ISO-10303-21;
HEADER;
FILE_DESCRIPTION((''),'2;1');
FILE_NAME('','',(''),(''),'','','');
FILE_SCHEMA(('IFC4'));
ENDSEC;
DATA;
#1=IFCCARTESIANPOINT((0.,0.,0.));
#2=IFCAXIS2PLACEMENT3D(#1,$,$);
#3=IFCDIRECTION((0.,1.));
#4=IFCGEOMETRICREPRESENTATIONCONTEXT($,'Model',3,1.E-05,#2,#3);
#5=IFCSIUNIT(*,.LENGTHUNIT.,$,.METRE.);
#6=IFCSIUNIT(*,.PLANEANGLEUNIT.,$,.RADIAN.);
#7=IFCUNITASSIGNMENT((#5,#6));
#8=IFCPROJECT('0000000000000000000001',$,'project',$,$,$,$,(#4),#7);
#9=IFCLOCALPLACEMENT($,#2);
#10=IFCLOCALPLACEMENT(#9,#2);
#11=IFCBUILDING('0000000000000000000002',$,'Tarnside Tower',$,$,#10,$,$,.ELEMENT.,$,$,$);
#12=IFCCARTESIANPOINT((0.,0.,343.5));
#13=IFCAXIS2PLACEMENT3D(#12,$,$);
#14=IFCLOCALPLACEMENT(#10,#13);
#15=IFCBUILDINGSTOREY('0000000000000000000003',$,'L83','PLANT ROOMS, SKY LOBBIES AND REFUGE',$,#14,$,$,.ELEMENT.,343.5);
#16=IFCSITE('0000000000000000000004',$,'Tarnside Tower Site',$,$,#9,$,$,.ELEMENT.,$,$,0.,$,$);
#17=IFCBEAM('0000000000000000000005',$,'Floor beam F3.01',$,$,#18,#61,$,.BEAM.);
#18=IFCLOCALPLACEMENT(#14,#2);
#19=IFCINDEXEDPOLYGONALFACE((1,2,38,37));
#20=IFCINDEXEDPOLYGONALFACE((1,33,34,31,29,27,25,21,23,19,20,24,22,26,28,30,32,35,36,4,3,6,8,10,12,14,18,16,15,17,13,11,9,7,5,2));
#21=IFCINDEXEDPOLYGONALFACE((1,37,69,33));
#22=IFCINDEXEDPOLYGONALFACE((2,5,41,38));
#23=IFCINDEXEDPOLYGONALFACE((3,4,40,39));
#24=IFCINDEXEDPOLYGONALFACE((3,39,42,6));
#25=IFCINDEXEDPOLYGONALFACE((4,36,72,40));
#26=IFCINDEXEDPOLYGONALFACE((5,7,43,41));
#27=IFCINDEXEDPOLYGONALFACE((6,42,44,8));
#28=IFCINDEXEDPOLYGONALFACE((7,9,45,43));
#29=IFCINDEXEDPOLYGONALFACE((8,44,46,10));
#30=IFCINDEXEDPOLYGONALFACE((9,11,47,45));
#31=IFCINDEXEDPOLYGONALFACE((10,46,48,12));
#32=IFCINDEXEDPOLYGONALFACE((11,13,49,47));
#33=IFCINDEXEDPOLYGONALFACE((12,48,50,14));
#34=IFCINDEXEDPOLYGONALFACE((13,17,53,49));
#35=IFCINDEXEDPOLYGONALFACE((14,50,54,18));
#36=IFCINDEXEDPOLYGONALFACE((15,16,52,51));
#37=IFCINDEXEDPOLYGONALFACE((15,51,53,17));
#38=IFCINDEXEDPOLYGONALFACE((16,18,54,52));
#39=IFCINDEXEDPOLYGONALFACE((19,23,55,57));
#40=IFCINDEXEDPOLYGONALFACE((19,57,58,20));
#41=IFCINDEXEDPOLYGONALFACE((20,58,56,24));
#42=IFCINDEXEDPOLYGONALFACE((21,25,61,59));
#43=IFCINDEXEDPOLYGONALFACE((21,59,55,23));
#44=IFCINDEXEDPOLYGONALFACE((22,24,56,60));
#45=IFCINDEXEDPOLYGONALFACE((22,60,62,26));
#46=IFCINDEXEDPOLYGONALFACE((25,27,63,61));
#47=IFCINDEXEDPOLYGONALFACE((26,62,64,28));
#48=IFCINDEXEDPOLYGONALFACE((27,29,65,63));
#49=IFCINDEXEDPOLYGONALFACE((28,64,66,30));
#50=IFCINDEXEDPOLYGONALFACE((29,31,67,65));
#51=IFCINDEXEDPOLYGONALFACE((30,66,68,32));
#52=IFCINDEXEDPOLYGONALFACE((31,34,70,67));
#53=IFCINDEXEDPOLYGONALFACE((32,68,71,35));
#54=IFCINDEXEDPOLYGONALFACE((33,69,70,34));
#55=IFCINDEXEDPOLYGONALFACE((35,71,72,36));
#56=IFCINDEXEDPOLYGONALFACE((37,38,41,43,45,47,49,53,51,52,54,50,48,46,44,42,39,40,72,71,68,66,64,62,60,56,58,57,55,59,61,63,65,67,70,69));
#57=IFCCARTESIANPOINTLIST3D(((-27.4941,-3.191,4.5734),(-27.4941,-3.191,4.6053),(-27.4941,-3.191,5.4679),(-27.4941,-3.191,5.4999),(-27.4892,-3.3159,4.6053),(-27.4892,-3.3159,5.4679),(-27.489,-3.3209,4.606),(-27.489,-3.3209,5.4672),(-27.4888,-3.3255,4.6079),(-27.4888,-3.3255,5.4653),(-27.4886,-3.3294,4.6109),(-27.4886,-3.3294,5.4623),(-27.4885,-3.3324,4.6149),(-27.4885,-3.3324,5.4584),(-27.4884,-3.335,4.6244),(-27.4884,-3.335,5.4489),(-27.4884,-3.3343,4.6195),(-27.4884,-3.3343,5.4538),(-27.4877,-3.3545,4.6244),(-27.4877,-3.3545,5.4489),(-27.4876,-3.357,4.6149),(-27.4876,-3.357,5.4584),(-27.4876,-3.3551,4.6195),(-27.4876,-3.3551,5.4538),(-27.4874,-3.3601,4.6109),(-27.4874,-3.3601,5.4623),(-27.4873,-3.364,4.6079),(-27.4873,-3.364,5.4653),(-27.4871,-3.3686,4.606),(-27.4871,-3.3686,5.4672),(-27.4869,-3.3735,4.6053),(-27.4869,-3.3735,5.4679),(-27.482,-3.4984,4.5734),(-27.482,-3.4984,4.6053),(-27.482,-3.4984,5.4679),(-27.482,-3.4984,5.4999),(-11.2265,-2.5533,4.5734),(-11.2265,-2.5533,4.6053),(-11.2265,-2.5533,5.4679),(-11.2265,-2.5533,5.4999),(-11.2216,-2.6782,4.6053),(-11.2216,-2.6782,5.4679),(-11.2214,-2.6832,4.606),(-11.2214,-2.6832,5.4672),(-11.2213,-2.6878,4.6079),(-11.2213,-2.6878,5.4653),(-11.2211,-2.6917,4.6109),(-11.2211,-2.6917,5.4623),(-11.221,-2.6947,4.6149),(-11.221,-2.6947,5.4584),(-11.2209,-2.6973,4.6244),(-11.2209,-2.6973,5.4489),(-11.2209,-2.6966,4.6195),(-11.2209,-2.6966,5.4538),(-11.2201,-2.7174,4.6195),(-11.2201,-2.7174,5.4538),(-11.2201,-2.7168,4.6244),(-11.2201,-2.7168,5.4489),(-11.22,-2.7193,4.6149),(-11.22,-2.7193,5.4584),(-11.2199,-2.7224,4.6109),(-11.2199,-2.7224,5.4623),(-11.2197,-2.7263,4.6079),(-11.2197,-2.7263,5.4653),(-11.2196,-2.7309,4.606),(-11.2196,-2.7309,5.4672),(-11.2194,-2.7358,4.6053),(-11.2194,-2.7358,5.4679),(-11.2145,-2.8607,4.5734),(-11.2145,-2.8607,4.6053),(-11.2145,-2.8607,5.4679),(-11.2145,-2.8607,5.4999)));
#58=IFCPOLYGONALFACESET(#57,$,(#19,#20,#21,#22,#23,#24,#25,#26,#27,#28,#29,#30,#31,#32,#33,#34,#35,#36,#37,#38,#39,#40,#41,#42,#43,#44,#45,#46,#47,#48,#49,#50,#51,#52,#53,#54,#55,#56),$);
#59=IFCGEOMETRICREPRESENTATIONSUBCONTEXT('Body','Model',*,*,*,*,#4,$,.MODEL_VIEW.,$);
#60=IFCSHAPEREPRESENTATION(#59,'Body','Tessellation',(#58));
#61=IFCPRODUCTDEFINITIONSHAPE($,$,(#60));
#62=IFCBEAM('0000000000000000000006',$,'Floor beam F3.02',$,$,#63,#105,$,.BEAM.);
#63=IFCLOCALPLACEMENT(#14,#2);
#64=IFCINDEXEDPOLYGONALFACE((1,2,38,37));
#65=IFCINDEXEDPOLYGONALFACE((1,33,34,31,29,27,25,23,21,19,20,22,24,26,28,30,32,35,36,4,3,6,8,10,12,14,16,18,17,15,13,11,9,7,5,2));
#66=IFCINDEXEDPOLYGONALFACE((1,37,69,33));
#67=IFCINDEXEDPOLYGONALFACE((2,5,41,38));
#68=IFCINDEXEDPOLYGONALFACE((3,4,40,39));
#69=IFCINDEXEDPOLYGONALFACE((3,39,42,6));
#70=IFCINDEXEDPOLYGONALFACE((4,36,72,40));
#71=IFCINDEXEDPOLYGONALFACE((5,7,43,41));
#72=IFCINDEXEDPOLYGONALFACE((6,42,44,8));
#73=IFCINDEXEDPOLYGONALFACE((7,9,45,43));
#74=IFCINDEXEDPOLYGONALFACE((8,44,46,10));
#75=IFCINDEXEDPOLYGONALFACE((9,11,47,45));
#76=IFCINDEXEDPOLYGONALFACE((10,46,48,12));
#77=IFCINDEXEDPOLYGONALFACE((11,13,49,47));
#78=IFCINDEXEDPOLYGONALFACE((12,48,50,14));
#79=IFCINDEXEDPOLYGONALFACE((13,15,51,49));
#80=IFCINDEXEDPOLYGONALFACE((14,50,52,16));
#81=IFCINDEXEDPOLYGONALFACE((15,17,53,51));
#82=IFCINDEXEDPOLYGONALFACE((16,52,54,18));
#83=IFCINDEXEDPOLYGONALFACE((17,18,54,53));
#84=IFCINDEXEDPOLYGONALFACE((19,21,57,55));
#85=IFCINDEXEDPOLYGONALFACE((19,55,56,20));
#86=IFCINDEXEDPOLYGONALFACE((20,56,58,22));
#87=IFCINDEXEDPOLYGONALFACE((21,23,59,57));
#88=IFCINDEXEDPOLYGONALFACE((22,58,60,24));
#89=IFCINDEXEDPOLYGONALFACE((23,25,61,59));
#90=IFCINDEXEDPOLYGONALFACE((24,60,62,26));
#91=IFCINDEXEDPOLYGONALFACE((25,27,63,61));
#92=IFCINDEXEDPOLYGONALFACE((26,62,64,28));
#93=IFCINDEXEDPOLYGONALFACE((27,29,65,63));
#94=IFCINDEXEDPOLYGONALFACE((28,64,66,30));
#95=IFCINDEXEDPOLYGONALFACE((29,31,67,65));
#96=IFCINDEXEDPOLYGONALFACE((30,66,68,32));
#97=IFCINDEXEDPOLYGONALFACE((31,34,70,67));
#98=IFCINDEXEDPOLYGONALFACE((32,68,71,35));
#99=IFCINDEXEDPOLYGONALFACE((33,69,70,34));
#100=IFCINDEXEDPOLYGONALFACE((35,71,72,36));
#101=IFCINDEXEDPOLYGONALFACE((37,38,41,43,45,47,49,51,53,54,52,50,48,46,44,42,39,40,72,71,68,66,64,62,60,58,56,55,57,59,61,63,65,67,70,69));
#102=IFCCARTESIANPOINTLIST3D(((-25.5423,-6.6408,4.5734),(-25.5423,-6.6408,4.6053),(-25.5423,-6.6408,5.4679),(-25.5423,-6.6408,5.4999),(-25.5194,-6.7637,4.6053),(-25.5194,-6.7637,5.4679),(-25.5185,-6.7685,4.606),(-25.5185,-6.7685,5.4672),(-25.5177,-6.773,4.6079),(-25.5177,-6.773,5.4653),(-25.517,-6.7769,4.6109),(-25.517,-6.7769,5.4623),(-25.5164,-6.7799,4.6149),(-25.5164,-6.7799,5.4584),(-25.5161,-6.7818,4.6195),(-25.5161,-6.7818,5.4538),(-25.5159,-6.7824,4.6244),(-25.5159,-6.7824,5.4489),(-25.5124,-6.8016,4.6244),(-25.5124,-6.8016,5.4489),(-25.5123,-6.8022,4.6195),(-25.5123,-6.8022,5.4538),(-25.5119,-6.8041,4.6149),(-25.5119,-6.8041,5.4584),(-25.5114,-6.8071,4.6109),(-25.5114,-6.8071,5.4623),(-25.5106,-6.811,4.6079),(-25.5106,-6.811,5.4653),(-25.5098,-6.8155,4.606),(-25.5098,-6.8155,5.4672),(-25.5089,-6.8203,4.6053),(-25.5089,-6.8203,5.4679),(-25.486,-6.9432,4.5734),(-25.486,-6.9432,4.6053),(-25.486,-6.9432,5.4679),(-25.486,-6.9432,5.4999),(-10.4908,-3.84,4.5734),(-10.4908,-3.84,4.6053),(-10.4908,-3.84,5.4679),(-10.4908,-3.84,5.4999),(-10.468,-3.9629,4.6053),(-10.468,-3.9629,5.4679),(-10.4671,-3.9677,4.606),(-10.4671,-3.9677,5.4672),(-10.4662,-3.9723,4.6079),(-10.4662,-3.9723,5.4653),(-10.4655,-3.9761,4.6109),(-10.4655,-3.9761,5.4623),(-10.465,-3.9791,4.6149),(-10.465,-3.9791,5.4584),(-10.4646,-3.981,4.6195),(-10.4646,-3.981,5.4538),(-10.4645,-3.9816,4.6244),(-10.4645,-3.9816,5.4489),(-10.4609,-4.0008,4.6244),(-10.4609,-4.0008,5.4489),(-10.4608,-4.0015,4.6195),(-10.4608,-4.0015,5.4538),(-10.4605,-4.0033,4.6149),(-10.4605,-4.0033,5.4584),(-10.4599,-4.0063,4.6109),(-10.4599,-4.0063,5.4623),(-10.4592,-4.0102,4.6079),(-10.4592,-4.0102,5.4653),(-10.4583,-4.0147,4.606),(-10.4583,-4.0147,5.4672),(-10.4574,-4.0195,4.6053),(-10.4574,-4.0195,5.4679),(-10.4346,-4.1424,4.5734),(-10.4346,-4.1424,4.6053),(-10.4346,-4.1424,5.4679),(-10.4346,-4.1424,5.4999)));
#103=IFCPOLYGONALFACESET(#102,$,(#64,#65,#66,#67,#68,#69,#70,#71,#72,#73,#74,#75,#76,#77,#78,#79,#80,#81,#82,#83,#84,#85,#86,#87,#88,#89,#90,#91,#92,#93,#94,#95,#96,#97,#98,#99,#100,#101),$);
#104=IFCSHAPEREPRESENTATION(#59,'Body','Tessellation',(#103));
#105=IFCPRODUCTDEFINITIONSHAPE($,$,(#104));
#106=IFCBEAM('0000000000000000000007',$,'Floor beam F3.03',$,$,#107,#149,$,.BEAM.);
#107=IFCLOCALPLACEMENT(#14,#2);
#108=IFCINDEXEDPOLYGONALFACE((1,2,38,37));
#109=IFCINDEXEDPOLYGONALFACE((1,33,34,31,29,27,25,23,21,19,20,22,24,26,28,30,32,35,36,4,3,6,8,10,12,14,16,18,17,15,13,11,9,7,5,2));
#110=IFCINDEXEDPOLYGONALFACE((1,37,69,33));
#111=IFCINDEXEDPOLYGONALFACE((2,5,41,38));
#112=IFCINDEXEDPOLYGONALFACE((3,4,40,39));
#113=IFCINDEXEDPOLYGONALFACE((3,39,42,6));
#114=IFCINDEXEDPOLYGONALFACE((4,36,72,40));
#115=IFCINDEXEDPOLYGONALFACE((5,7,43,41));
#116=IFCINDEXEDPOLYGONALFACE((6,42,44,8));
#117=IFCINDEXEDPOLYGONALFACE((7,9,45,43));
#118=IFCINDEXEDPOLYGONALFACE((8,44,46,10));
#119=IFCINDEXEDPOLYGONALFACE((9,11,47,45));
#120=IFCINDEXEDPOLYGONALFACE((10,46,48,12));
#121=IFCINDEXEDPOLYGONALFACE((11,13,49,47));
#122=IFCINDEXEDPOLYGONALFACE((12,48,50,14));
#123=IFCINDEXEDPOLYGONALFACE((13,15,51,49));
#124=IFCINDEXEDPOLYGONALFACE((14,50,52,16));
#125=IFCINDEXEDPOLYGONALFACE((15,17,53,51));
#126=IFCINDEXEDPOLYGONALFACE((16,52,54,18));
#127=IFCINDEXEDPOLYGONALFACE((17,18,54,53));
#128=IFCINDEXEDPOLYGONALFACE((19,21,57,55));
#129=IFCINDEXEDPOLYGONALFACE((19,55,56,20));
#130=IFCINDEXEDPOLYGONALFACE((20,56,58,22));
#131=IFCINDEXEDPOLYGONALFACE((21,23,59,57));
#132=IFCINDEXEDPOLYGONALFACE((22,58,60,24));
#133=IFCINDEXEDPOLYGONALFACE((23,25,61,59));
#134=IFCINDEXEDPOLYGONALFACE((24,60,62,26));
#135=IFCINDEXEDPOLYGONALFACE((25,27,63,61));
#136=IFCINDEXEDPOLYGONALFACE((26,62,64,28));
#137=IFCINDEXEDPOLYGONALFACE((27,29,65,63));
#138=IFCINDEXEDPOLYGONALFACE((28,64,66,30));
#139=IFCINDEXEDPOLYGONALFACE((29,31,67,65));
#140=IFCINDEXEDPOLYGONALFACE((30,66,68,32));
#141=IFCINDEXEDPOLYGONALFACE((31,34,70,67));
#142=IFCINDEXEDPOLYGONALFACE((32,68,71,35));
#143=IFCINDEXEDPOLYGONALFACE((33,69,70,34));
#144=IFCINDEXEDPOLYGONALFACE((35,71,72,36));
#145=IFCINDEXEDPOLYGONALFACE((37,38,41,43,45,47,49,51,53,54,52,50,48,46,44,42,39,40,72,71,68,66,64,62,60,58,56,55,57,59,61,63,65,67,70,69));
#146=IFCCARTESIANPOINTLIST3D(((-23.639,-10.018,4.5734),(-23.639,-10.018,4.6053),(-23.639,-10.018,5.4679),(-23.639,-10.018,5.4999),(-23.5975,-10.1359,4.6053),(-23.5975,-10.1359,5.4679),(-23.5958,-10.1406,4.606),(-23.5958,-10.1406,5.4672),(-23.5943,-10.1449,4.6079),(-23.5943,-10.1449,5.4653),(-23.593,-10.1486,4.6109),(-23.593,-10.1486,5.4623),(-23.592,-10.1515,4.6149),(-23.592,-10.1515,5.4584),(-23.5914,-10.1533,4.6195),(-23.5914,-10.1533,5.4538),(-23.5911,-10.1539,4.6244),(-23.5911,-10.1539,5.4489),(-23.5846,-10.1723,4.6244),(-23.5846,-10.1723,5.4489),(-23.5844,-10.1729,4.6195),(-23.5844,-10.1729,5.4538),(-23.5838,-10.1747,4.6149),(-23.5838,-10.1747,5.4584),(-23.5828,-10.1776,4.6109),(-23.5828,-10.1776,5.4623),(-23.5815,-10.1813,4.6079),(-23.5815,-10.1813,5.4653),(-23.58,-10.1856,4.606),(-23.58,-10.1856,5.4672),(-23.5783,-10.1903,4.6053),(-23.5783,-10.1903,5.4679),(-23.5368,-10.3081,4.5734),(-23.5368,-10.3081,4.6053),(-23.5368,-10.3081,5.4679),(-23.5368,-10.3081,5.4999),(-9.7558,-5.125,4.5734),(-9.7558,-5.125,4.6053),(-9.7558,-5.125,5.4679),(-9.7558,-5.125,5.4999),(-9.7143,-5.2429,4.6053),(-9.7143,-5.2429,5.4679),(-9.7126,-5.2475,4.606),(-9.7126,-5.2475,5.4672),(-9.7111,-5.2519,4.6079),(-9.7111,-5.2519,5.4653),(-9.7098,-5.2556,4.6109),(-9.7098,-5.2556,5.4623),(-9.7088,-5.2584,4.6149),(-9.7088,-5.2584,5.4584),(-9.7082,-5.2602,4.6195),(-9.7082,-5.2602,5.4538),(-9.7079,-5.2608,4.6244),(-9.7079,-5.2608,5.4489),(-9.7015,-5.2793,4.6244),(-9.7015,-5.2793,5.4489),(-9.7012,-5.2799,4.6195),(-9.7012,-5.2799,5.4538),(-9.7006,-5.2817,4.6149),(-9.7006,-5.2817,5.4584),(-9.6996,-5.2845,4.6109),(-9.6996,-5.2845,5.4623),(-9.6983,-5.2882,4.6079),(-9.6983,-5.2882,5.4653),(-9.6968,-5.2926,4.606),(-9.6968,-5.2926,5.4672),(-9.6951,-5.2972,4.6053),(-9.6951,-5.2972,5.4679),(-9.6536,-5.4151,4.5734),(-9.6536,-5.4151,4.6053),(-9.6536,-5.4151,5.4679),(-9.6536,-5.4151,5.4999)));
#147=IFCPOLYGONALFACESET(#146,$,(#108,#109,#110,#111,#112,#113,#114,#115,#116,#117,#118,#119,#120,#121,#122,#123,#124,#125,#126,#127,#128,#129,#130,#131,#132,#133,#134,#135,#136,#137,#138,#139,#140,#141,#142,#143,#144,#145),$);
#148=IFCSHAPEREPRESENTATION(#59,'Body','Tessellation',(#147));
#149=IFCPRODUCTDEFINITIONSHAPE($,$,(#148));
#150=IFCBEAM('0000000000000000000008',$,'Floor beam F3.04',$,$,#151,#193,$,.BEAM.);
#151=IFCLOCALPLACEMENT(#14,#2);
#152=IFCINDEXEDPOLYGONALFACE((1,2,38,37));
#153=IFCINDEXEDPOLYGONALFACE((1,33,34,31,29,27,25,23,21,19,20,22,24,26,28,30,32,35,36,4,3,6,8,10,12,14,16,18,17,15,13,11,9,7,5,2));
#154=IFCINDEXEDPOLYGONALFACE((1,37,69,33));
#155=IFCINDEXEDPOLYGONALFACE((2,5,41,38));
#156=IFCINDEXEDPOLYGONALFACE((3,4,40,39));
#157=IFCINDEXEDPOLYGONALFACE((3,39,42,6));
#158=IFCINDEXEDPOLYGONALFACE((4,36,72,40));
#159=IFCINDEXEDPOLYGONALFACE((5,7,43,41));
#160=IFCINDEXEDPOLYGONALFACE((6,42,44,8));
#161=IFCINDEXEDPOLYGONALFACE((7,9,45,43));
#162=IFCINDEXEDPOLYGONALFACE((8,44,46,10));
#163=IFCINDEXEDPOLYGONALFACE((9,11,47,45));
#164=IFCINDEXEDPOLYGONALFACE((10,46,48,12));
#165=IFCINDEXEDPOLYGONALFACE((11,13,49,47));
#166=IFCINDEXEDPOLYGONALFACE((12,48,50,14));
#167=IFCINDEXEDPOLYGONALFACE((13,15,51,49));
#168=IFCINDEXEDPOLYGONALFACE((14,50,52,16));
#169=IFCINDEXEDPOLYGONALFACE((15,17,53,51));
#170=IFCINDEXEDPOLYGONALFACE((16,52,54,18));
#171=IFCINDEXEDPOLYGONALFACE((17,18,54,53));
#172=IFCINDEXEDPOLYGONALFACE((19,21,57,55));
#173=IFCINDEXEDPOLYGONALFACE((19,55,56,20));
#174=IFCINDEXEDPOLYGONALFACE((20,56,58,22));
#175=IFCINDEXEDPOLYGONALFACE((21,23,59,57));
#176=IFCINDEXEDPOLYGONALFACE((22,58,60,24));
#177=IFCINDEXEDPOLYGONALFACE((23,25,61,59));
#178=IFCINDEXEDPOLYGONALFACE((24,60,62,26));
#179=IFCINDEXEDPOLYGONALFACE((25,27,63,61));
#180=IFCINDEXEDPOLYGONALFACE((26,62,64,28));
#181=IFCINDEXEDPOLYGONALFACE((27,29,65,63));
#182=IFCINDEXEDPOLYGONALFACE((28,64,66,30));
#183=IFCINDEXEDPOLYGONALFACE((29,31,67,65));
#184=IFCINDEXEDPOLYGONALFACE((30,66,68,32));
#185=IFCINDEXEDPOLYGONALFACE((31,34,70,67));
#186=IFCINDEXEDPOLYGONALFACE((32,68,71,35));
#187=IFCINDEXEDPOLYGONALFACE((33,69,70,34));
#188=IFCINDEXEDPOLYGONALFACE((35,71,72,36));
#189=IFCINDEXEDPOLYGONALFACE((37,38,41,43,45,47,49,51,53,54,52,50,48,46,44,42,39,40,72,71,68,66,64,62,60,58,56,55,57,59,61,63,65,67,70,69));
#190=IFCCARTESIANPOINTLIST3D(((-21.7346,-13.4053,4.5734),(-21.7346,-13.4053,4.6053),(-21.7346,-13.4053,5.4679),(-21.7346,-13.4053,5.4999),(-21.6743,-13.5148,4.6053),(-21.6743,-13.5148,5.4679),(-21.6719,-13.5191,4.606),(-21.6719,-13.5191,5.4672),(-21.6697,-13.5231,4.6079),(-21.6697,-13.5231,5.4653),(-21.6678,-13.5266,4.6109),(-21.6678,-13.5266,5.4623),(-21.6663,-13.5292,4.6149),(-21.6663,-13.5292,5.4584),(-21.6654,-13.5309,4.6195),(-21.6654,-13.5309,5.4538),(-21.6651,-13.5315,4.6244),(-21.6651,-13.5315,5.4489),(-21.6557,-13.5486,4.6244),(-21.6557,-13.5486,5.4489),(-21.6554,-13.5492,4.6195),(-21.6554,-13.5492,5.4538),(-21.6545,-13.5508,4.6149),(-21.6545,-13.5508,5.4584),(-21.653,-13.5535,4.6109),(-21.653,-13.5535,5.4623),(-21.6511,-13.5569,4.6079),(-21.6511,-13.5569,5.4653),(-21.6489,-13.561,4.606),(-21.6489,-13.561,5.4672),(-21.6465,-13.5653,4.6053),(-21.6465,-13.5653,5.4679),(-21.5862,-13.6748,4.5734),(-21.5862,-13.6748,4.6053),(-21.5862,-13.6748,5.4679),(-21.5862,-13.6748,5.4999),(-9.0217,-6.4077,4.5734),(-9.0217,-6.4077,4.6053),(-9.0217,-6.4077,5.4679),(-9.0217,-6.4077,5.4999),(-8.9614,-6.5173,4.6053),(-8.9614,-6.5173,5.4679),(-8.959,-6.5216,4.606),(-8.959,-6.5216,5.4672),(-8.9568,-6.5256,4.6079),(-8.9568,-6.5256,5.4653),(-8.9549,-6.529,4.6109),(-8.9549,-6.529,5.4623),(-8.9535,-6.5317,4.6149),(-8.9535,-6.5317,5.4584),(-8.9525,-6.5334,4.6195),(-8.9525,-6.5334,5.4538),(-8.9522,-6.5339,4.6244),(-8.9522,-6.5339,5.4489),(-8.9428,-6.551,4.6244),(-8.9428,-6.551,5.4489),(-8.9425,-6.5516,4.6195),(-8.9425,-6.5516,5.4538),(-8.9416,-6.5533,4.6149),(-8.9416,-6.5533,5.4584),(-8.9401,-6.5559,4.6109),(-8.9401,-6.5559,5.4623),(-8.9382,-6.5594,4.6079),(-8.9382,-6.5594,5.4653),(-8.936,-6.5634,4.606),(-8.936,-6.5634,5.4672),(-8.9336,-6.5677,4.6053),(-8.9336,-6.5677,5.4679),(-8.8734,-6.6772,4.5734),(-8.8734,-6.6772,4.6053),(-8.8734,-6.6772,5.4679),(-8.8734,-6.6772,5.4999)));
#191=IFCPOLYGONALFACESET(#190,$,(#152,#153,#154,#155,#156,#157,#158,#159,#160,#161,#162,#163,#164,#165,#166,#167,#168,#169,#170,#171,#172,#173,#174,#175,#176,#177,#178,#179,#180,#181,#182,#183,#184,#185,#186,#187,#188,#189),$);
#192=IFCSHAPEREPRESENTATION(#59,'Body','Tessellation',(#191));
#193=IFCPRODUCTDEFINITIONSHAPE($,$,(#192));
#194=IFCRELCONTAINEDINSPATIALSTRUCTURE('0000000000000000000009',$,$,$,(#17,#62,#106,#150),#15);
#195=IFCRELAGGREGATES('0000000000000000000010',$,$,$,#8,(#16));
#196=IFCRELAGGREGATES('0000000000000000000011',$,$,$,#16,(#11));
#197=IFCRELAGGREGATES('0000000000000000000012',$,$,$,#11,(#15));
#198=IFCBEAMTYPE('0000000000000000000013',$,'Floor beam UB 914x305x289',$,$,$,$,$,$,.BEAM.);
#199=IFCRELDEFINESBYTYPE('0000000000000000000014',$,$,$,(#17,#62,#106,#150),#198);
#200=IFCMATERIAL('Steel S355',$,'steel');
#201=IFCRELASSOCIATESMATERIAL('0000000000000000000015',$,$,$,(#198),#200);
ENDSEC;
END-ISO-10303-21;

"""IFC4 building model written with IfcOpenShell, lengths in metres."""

from ifc_helpers import new_model, si_unit, direction, frame, origin, origin_2d, place, context, subcontext, project, spatial, i_section, extrude, material, material_profile, profile_set, type_object, element, save


model = new_model("IFC4")

# Units and contexts
model_context = context("Model", 3, precision=1e-05, world=origin(), true_north=direction((0.0, 1.0)))
body_context = subcontext(model_context, "Body", "Model", "MODEL_VIEW")
ifc_project = project(units=[si_unit("LENGTHUNIT", "METRE"), si_unit("PLANEANGLEUNIT", "RADIAN")], contexts=[model_context])

# Site, building, storey
site_placement = place(None, origin())
site = spatial("IfcSite", under=ifc_project, at=site_placement, Name="Tarnside Tower Site", CompositionType="ELEMENT", RefElevation=0.0)
building_placement = place(site_placement, origin())
building = spatial("IfcBuilding", under=site, at=building_placement, Name="Tarnside Tower", CompositionType="ELEMENT")
storey_placement = place(building_placement, frame((0.0, 0.0, 343.5)))
storey = spatial("IfcBuildingStorey", under=building, at=storey_placement, Name="L83", Description="PLANT ROOMS, SKY LOBBIES AND REFUGE", CompositionType="ELEMENT", Elevation=343.5)

# Beams
ifc_material_1 = material(Name="Steel S355", Category="steel")
ifc_material_profile_1 = material_profile(ifc_material_1, i_section(OverallWidth=0.3076, OverallDepth=0.9265, WebThickness=0.0195, FlangeThickness=0.032, FilletRadius=0.019, at=origin_2d()), Name="UB 914x305x289")
ifc_profile_set_1 = profile_set([ifc_material_profile_1], Name="Steel S355")
beam_type = type_object("IfcBeamType", Name="Floor beam UB 914x305x289", PredefinedType="BEAM", material=ifc_profile_set_1)
beam_1_placement = place(storey_placement, frame((-27.488, -3.3447, 5.0366), z_axis=(0.999233, 0.03917, 0.0), x_axis=(-0.03917, 0.999233, 0.0)))
element("IfcBeam", 1, at=beam_1_placement, inside=storey, type_object=beam_type, Name="Floor beam F3.01", PredefinedType="BEAM", context=body_context, shape_type="SweptSolid", body=[
    extrude(i_section(OverallWidth=0.3076, OverallDepth=0.9265, WebThickness=0.0195, FlangeThickness=0.032, FilletRadius=0.019, at=origin_2d()), origin(), (0.0, 0.0, 1.0), 16.28),
])
beam_2_placement = place(storey_placement, frame((-25.5142, -6.792, 5.0366), z_axis=(0.983124, 0.182939, 0.0), x_axis=(-0.182939, 0.983124, 0.0)))
element("IfcBeam", 2, at=beam_2_placement, inside=storey, type_object=beam_type, Name="Floor beam F3.02", PredefinedType="BEAM", context=body_context, shape_type="SweptSolid", body=[
    extrude(i_section(OverallWidth=0.3076, OverallDepth=0.9265, WebThickness=0.0195, FlangeThickness=0.032, FilletRadius=0.019, at=origin_2d()), origin(), (0.0, 0.0, 1.0), 15.3098),
])
beam_3_placement = place(storey_placement, frame((-23.5879, -10.1631, 5.0366), z_axis=(0.943138, 0.332402, 0.0), x_axis=(-0.332402, 0.943138, 0.0)))
element("IfcBeam", 3, at=beam_3_placement, inside=storey, type_object=beam_type, Name="Floor beam F3.03", PredefinedType="BEAM", context=body_context, shape_type="SweptSolid", body=[
    extrude(i_section(OverallWidth=0.3076, OverallDepth=0.9265, WebThickness=0.0195, FlangeThickness=0.032, FilletRadius=0.019, at=origin_2d()), origin(), (0.0, 0.0, 1.0), 14.7202),
])
beam_4_placement = place(storey_placement, frame((-21.6604, -13.54, 5.0366), z_axis=(0.876057, 0.482208, 0.0), x_axis=(-0.482208, 0.876057, 0.0)))
element("IfcBeam", 4, at=beam_4_placement, inside=storey, type_object=beam_type, Name="Floor beam F3.04", PredefinedType="BEAM", context=body_context, shape_type="SweptSolid", body=[
    extrude(i_section(OverallWidth=0.3076, OverallDepth=0.9265, WebThickness=0.0195, FlangeThickness=0.032, FilletRadius=0.019, at=origin_2d()), origin(), (0.0, 0.0, 1.0), 14.5115),
])

save(model, "model.ifc")
